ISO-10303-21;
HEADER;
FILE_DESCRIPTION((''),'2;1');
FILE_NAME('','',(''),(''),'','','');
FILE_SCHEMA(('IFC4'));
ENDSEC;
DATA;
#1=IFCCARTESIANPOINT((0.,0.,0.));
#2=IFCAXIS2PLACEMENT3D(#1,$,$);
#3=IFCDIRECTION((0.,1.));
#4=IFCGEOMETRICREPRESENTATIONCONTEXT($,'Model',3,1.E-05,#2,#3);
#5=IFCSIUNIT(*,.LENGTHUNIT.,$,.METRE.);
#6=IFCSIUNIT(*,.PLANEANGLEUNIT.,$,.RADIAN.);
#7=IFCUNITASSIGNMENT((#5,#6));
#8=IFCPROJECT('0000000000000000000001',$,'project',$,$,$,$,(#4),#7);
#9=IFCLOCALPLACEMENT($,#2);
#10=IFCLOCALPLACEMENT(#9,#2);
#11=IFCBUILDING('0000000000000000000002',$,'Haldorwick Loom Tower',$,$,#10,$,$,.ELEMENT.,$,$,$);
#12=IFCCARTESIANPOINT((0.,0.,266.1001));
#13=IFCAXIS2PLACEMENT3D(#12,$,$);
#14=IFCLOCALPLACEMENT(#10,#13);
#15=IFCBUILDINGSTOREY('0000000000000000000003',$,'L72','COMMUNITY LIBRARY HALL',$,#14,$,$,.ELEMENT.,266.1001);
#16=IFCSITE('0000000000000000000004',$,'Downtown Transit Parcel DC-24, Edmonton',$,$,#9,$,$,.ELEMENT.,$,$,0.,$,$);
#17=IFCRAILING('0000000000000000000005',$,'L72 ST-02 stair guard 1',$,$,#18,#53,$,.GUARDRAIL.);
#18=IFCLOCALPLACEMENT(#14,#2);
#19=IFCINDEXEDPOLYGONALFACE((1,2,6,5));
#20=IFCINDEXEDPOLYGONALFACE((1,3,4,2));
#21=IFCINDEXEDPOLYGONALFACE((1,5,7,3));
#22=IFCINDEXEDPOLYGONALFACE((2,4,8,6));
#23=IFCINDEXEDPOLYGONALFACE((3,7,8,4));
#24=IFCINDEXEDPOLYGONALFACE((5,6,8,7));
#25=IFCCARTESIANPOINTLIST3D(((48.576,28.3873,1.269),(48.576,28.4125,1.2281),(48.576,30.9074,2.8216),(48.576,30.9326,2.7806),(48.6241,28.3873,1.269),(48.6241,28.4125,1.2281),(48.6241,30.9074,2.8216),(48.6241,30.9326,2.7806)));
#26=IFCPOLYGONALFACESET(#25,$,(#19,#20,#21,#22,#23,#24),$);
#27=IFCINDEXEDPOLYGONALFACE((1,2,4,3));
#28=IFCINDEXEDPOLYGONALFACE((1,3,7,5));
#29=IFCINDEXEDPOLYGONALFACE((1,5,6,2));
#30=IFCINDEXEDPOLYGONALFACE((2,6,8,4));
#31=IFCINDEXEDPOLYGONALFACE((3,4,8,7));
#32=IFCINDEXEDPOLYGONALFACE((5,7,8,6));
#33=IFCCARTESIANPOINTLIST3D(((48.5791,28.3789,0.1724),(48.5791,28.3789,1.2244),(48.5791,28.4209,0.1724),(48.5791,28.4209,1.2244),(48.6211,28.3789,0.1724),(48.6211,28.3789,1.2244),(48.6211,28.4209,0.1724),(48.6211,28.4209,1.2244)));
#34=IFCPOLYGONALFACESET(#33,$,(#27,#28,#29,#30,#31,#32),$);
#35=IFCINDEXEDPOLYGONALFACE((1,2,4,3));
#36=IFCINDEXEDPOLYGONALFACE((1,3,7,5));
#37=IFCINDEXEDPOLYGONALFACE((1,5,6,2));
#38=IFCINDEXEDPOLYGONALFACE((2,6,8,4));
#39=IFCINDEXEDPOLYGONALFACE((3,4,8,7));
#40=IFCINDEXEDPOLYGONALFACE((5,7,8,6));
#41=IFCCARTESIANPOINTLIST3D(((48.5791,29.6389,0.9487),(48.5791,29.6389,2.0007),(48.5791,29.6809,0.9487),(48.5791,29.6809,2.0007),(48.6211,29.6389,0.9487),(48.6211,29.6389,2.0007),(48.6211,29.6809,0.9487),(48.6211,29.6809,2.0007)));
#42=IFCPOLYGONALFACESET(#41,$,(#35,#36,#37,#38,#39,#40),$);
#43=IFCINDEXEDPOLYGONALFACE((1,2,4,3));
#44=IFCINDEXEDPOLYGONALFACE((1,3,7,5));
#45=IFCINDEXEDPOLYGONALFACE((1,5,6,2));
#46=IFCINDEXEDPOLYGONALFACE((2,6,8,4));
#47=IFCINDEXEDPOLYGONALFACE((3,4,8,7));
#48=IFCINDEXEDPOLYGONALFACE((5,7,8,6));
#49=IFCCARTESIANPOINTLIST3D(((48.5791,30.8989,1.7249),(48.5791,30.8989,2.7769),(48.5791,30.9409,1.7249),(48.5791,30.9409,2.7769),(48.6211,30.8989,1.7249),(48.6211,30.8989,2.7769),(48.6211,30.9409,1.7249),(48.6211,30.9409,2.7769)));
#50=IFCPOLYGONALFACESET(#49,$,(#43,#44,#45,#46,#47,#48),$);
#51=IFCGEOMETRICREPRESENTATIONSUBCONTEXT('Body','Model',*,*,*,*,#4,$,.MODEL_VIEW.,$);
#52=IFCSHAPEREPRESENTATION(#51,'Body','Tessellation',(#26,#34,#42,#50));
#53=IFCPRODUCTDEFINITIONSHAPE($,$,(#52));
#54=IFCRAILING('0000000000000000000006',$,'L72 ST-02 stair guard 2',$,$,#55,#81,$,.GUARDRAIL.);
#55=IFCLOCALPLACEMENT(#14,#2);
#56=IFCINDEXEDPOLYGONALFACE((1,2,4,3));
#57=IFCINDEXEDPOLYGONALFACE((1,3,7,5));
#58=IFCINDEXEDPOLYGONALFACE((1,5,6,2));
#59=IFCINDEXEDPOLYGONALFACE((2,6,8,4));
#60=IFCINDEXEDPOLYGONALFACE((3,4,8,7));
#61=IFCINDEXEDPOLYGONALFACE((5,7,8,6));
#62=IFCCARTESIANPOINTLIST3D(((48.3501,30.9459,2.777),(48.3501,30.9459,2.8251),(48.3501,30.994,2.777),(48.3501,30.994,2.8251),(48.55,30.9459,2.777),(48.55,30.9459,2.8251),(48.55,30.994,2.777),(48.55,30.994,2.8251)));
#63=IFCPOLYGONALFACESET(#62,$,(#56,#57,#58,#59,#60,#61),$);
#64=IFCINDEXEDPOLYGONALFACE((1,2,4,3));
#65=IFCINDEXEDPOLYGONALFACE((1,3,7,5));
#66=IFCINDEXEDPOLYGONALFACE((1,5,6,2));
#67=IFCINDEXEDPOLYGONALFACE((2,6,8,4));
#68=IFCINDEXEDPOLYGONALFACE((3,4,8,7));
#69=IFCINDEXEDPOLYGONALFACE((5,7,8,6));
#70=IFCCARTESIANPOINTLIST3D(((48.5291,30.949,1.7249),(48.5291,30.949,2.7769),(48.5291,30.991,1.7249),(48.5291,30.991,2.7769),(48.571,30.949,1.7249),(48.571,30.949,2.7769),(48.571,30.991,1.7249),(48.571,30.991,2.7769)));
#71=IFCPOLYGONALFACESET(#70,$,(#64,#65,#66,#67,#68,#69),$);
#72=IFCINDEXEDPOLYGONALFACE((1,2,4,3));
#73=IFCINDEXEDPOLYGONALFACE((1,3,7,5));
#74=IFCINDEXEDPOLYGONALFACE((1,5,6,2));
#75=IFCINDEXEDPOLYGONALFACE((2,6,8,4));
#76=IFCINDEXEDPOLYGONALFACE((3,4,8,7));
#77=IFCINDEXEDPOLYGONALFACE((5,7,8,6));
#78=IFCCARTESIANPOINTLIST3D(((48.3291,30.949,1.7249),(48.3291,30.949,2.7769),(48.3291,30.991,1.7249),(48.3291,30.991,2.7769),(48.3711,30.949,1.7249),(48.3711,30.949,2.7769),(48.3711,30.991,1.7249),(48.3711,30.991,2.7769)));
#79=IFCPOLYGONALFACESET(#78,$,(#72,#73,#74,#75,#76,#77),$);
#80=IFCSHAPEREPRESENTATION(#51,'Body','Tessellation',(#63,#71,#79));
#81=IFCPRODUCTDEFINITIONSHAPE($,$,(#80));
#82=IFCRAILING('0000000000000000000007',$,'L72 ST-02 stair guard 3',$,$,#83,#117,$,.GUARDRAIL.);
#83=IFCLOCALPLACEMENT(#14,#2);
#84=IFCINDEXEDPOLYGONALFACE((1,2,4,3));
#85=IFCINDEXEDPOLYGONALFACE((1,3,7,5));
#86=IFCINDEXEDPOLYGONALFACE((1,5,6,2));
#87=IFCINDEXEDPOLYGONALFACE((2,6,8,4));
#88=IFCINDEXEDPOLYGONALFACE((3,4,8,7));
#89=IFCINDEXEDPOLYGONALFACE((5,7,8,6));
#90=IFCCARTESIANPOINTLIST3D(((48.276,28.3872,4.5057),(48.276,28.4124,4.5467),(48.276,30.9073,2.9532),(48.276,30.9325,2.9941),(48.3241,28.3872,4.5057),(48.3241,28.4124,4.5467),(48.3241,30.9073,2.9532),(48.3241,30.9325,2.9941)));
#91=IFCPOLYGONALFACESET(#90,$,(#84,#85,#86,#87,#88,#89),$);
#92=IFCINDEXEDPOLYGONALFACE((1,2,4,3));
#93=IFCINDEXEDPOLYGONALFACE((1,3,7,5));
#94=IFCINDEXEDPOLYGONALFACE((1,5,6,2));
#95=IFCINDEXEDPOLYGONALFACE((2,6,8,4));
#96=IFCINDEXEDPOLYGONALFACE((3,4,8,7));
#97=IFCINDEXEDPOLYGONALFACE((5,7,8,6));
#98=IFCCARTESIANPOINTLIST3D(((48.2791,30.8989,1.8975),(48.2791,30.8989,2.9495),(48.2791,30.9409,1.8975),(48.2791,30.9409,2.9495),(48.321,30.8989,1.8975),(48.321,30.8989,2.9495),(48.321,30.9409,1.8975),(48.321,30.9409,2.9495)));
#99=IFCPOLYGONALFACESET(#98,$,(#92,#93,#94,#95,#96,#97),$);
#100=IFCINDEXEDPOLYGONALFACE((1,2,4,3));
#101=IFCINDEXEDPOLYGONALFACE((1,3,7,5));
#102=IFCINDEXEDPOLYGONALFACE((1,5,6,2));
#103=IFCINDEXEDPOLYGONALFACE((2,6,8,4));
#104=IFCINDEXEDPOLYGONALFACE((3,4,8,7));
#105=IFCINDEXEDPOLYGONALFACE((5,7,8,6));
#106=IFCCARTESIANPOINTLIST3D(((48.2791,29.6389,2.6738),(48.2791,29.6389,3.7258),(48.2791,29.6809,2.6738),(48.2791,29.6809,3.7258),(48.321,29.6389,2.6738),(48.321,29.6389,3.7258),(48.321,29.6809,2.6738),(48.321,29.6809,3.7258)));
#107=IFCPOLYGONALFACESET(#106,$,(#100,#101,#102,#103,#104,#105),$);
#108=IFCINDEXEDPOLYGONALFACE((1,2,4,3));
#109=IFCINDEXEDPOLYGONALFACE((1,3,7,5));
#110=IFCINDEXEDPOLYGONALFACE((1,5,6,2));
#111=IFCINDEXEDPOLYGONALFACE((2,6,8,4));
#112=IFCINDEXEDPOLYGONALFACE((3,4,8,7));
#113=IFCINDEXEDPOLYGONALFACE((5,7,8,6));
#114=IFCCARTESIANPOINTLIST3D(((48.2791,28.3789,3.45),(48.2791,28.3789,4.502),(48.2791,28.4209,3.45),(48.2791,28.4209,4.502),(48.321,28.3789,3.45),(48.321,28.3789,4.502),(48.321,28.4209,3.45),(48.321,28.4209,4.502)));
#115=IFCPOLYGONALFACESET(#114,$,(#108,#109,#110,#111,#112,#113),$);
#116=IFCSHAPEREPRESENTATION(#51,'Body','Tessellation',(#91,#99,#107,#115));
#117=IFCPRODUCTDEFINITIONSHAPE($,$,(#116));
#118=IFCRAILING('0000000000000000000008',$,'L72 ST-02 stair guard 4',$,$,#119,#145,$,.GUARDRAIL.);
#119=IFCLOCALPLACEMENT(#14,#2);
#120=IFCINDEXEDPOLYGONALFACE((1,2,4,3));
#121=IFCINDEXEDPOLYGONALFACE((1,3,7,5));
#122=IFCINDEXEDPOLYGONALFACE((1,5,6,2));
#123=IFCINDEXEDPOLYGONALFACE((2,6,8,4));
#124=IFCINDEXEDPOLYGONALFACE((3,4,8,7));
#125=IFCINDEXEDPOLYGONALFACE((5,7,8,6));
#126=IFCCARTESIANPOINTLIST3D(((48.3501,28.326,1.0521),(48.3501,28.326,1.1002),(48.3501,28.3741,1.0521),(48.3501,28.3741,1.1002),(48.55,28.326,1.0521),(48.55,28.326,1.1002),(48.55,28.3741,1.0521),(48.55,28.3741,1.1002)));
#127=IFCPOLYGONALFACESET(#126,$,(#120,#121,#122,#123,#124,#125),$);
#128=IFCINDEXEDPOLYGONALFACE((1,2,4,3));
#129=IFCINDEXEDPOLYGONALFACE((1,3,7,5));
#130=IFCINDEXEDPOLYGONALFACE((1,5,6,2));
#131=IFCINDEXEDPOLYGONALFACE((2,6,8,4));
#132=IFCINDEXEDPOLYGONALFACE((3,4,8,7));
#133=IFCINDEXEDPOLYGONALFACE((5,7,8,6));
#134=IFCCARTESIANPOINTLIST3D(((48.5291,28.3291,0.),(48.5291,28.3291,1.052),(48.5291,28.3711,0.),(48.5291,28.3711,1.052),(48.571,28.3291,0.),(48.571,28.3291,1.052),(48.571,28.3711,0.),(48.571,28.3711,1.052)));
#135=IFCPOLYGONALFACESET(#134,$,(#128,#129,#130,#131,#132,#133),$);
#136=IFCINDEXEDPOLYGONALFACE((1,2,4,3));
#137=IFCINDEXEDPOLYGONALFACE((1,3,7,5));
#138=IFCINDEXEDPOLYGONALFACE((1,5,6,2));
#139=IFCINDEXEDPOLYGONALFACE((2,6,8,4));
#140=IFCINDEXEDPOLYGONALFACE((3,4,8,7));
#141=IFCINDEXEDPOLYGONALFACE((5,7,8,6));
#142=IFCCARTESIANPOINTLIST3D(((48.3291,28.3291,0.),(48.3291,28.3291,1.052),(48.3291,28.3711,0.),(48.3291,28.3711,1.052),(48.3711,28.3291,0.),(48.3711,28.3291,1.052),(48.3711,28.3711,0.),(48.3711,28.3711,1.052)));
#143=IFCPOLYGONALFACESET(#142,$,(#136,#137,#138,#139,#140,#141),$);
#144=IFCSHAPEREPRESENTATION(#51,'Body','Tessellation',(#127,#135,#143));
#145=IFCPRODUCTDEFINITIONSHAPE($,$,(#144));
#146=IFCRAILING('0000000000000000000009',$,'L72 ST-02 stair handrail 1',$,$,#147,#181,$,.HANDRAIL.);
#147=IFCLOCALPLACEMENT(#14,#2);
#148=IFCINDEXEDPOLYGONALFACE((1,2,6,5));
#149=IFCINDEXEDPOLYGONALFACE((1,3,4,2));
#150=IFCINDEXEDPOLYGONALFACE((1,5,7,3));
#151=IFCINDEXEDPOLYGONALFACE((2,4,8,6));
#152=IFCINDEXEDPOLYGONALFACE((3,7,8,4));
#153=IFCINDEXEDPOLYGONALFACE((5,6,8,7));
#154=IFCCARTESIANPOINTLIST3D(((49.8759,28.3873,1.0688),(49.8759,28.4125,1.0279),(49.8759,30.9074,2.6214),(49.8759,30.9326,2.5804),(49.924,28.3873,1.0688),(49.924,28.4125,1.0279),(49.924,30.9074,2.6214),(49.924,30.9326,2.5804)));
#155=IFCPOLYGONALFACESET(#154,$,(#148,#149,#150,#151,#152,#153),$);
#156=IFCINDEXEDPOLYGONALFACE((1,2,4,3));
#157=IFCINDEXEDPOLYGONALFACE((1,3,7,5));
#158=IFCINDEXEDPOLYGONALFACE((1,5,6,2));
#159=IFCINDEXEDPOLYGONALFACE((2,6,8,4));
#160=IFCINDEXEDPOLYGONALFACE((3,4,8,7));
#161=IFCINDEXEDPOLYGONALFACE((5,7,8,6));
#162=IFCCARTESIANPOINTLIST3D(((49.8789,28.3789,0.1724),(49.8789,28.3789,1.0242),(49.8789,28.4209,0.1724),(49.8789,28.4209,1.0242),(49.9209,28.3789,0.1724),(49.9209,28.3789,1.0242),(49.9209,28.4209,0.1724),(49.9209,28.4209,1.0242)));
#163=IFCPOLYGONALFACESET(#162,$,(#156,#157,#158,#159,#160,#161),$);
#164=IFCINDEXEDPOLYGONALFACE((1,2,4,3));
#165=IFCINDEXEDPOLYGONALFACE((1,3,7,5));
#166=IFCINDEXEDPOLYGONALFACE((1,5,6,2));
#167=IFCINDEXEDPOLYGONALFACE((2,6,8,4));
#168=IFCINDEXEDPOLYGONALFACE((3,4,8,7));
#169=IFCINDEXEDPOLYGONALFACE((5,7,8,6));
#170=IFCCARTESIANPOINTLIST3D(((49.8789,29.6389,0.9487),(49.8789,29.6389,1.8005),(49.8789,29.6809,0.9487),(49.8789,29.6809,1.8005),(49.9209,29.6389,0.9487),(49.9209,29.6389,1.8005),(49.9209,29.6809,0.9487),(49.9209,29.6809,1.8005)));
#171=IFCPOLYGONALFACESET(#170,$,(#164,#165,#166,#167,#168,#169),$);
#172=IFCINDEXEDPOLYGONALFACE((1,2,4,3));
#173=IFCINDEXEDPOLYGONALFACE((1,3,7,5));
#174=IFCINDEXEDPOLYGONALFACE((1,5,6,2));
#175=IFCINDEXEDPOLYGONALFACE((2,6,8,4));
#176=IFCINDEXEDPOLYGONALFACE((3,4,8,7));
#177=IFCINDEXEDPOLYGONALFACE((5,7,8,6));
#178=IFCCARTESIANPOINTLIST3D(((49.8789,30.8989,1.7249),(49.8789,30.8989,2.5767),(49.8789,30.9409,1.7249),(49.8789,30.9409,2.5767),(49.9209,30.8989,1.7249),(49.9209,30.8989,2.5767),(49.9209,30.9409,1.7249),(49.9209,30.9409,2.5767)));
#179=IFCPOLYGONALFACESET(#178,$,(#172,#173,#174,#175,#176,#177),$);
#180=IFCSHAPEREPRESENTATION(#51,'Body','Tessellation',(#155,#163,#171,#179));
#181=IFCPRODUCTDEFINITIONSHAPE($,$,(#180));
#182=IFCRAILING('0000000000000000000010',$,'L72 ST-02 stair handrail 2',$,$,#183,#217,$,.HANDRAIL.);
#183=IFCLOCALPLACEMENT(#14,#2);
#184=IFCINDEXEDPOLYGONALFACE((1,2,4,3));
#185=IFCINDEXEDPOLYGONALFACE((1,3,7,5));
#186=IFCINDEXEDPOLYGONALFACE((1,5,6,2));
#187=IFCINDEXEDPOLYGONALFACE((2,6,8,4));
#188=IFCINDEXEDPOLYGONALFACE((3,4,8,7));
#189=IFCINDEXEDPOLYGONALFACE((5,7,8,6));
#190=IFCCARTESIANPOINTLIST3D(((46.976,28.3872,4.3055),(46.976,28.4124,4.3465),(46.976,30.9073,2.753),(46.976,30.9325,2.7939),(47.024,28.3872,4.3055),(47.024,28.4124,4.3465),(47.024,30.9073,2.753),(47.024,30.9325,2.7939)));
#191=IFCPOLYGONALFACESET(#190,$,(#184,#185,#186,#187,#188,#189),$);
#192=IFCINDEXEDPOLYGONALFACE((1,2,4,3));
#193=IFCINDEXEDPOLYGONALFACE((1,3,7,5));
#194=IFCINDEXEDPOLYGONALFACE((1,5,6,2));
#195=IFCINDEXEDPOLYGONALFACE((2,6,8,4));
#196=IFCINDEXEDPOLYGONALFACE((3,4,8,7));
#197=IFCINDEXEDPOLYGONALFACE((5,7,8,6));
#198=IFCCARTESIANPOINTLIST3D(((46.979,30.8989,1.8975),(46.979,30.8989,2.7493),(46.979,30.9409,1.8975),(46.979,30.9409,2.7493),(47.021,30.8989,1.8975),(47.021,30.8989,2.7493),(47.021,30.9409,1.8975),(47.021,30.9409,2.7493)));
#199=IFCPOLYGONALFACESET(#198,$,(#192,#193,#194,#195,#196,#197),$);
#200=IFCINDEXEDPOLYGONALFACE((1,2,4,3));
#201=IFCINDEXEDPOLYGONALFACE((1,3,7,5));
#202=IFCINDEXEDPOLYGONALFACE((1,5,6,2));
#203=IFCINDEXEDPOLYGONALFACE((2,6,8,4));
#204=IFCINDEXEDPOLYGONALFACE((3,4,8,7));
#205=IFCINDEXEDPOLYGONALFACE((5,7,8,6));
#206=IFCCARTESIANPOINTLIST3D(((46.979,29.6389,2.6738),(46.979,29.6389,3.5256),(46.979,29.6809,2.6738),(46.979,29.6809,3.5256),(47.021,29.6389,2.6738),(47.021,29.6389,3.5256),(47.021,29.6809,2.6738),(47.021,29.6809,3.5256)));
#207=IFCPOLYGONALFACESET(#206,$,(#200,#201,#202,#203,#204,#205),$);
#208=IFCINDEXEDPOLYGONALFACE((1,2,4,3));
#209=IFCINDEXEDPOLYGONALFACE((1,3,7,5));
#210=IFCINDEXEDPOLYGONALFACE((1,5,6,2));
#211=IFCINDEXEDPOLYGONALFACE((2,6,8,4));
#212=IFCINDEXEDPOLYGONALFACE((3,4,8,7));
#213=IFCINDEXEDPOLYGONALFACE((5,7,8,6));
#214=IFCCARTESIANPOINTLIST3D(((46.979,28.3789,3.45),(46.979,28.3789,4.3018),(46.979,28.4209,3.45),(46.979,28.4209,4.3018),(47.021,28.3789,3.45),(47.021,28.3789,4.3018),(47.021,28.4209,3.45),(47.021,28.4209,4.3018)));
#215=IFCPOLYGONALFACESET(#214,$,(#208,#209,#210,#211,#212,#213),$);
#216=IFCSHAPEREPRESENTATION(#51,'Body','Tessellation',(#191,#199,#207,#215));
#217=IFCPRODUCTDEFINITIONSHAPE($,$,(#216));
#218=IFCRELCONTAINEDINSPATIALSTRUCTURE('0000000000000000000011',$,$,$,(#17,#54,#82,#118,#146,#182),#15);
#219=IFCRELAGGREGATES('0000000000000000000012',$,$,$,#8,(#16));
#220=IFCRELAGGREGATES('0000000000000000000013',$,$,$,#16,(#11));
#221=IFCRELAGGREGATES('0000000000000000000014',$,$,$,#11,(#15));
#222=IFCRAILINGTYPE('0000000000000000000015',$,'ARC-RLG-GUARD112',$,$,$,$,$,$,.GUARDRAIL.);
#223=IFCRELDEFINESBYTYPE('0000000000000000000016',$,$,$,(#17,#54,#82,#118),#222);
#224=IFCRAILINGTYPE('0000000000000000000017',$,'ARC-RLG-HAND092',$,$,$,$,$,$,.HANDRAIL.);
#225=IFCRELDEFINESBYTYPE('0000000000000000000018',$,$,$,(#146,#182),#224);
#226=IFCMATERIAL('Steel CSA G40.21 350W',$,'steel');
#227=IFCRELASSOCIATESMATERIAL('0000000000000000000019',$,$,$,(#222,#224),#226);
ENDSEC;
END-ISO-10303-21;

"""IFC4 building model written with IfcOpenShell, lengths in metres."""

from ifc_helpers import new_model, si_unit, direction, frame, origin, origin_2d, place, context, subcontext, project, spatial, rectangle, extrude, material, type_object, element, save


model = new_model("IFC4")

# Units and contexts
model_context = context("Model", 3, precision=1e-05, world=origin(), true_north=direction((0.0, 1.0)))
body_context = subcontext(model_context, "Body", "Model", "MODEL_VIEW")
ifc_project = project(units=[si_unit("LENGTHUNIT", "METRE"), si_unit("PLANEANGLEUNIT", "RADIAN")], contexts=[model_context])

# Site, building, storey
site_placement = place(None, origin())
site = spatial("IfcSite", under=ifc_project, at=site_placement, Name="Downtown Transit Parcel DC-24, Edmonton", CompositionType="ELEMENT", RefElevation=0.0)
building_placement = place(site_placement, origin())
building = spatial("IfcBuilding", under=site, at=building_placement, Name="Haldorwick Loom Tower", CompositionType="ELEMENT")
storey_placement = place(building_placement, frame((0.0, 0.0, 266.1001)))
storey = spatial("IfcBuildingStorey", under=building, at=storey_placement, Name="L72", Description="COMMUNITY LIBRARY HALL", CompositionType="ELEMENT", Elevation=266.1001)

# Shared definitions
ifc_material_1 = material(Name="Steel CSA G40.21 350W", Category="steel")

# Railings
railing_type_1 = type_object("IfcRailingType", Name="ARC-RLG-GUARD112", PredefinedType="GUARDRAIL", material=ifc_material_1)
railing_1_placement = place(storey_placement, frame((48.6001, 28.3999, 0.1724)))
element("IfcRailing", 1, at=railing_1_placement, inside=storey, type_object=railing_type_1, Name="L72 ST-02 stair guard 1", PredefinedType="GUARDRAIL", context=body_context, shape_type="SweptSolid", body=[
    extrude(rectangle(XDim=0.0481, YDim=0.0481, at=origin_2d()), frame((0.0, 0.0, 1.0762), z_axis=(0.0, 0.8514, 0.524516), x_axis=(-1.0, 0.0, 0.0)), (0.0, 0.0, 1.0), 2.96),
    extrude(rectangle(XDim=0.042, YDim=0.042, at=origin_2d()), origin(), (0.0, 0.0, 1.0), 1.052),
    extrude(rectangle(XDim=0.042, YDim=0.042, at=origin_2d()), frame((0.0, 1.26, 0.7764)), (0.0, 0.0, 1.0), 1.052),
    extrude(rectangle(XDim=0.042, YDim=0.042, at=origin_2d()), frame((0.0, 2.52, 1.5525)), (0.0, 0.0, 1.0), 1.052),
])
railing_2_placement = place(storey_placement, frame((48.55, 30.97, 1.7249)))
element("IfcRailing", 2, at=railing_2_placement, inside=storey, type_object=railing_type_1, Name="L72 ST-02 stair guard 2", PredefinedType="GUARDRAIL", context=body_context, shape_type="SweptSolid", body=[
    extrude(rectangle(XDim=0.0481, YDim=0.0481, at=origin_2d()), frame((0.0, 0.0, 1.0762), z_axis=(-1.0, 0.0, 0.0), x_axis=(0.0, -1.0, 0.0)), (0.0, 0.0, 1.0), 0.2),
    extrude(rectangle(XDim=0.042, YDim=0.042, at=origin_2d()), origin(), (0.0, 0.0, 1.0), 1.052),
    extrude(rectangle(XDim=0.042, YDim=0.042, at=origin_2d()), frame((-0.2, 0.0, 0.0)), (0.0, 0.0, 1.0), 1.052),
])
railing_3_placement = place(storey_placement, frame((48.3, 30.9199, 1.8975)))
element("IfcRailing", 3, at=railing_3_placement, inside=storey, type_object=railing_type_1, Name="L72 ST-02 stair guard 3", PredefinedType="GUARDRAIL", context=body_context, shape_type="SweptSolid", body=[
    extrude(rectangle(XDim=0.0481, YDim=0.0481, at=origin_2d()), frame((0.0, 0.0, 1.0762), z_axis=(0.0, -0.8514, 0.524516), x_axis=(1.0, 0.0, 0.0)), (0.0, 0.0, 1.0), 2.96),
    extrude(rectangle(XDim=0.042, YDim=0.042, at=origin_2d()), origin(), (0.0, 0.0, 1.0), 1.052),
    extrude(rectangle(XDim=0.042, YDim=0.042, at=origin_2d()), frame((0.0, -1.26, 0.7764)), (0.0, 0.0, 1.0), 1.052),
    extrude(rectangle(XDim=0.042, YDim=0.042, at=origin_2d()), frame((0.0, -2.52, 1.5525)), (0.0, 0.0, 1.0), 1.052),
])
railing_4_placement = place(storey_placement, frame((48.55, 28.3501, 0.0)))
element("IfcRailing", 4, at=railing_4_placement, inside=storey, type_object=railing_type_1, Name="L72 ST-02 stair guard 4", PredefinedType="GUARDRAIL", context=body_context, shape_type="SweptSolid", body=[
    extrude(rectangle(XDim=0.0481, YDim=0.0481, at=origin_2d()), frame((0.0, 0.0, 1.0762), z_axis=(-1.0, 0.0, 0.0), x_axis=(0.0, -1.0, 0.0)), (0.0, 0.0, 1.0), 0.2),
    extrude(rectangle(XDim=0.042, YDim=0.042, at=origin_2d()), origin(), (0.0, 0.0, 1.0), 1.052),
    extrude(rectangle(XDim=0.042, YDim=0.042, at=origin_2d()), frame((-0.2, 0.0, 0.0)), (0.0, 0.0, 1.0), 1.052),
])
railing_type_2 = type_object("IfcRailingType", Name="ARC-RLG-HAND092", PredefinedType="HANDRAIL", material=ifc_material_1)
railing_5_placement = place(storey_placement, frame((49.8999, 28.3999, 0.1724)))
element("IfcRailing", 5, at=railing_5_placement, inside=storey, type_object=railing_type_2, Name="L72 ST-02 stair handrail 1", PredefinedType="HANDRAIL", context=body_context, shape_type="SweptSolid", body=[
    extrude(rectangle(XDim=0.0481, YDim=0.0481, at=origin_2d()), frame((0.0, 0.0, 0.876), z_axis=(0.0, 0.8514, 0.524516), x_axis=(-1.0, 0.0, 0.0)), (0.0, 0.0, 1.0), 2.96),
    extrude(rectangle(XDim=0.042, YDim=0.042, at=origin_2d()), origin(), (0.0, 0.0, 1.0), 0.8518),
    extrude(rectangle(XDim=0.042, YDim=0.042, at=origin_2d()), frame((0.0, 1.26, 0.7764)), (0.0, 0.0, 1.0), 0.8518),
    extrude(rectangle(XDim=0.042, YDim=0.042, at=origin_2d()), frame((0.0, 2.52, 1.5525)), (0.0, 0.0, 1.0), 0.8518),
])
railing_6_placement = place(storey_placement, frame((47.0, 30.9199, 1.8975)))
element("IfcRailing", 6, at=railing_6_placement, inside=storey, type_object=railing_type_2, Name="L72 ST-02 stair handrail 2", PredefinedType="HANDRAIL", context=body_context, shape_type="SweptSolid", body=[
    extrude(rectangle(XDim=0.0481, YDim=0.0481, at=origin_2d()), frame((0.0, 0.0, 0.876), z_axis=(0.0, -0.8514, 0.524516), x_axis=(1.0, 0.0, 0.0)), (0.0, 0.0, 1.0), 2.96),
    extrude(rectangle(XDim=0.042, YDim=0.042, at=origin_2d()), origin(), (0.0, 0.0, 1.0), 0.8518),
    extrude(rectangle(XDim=0.042, YDim=0.042, at=origin_2d()), frame((0.0, -1.26, 0.7764)), (0.0, 0.0, 1.0), 0.8518),
    extrude(rectangle(XDim=0.042, YDim=0.042, at=origin_2d()), frame((0.0, -2.52, 1.5525)), (0.0, 0.0, 1.0), 0.8518),
])

save(model, "model.ifc")
